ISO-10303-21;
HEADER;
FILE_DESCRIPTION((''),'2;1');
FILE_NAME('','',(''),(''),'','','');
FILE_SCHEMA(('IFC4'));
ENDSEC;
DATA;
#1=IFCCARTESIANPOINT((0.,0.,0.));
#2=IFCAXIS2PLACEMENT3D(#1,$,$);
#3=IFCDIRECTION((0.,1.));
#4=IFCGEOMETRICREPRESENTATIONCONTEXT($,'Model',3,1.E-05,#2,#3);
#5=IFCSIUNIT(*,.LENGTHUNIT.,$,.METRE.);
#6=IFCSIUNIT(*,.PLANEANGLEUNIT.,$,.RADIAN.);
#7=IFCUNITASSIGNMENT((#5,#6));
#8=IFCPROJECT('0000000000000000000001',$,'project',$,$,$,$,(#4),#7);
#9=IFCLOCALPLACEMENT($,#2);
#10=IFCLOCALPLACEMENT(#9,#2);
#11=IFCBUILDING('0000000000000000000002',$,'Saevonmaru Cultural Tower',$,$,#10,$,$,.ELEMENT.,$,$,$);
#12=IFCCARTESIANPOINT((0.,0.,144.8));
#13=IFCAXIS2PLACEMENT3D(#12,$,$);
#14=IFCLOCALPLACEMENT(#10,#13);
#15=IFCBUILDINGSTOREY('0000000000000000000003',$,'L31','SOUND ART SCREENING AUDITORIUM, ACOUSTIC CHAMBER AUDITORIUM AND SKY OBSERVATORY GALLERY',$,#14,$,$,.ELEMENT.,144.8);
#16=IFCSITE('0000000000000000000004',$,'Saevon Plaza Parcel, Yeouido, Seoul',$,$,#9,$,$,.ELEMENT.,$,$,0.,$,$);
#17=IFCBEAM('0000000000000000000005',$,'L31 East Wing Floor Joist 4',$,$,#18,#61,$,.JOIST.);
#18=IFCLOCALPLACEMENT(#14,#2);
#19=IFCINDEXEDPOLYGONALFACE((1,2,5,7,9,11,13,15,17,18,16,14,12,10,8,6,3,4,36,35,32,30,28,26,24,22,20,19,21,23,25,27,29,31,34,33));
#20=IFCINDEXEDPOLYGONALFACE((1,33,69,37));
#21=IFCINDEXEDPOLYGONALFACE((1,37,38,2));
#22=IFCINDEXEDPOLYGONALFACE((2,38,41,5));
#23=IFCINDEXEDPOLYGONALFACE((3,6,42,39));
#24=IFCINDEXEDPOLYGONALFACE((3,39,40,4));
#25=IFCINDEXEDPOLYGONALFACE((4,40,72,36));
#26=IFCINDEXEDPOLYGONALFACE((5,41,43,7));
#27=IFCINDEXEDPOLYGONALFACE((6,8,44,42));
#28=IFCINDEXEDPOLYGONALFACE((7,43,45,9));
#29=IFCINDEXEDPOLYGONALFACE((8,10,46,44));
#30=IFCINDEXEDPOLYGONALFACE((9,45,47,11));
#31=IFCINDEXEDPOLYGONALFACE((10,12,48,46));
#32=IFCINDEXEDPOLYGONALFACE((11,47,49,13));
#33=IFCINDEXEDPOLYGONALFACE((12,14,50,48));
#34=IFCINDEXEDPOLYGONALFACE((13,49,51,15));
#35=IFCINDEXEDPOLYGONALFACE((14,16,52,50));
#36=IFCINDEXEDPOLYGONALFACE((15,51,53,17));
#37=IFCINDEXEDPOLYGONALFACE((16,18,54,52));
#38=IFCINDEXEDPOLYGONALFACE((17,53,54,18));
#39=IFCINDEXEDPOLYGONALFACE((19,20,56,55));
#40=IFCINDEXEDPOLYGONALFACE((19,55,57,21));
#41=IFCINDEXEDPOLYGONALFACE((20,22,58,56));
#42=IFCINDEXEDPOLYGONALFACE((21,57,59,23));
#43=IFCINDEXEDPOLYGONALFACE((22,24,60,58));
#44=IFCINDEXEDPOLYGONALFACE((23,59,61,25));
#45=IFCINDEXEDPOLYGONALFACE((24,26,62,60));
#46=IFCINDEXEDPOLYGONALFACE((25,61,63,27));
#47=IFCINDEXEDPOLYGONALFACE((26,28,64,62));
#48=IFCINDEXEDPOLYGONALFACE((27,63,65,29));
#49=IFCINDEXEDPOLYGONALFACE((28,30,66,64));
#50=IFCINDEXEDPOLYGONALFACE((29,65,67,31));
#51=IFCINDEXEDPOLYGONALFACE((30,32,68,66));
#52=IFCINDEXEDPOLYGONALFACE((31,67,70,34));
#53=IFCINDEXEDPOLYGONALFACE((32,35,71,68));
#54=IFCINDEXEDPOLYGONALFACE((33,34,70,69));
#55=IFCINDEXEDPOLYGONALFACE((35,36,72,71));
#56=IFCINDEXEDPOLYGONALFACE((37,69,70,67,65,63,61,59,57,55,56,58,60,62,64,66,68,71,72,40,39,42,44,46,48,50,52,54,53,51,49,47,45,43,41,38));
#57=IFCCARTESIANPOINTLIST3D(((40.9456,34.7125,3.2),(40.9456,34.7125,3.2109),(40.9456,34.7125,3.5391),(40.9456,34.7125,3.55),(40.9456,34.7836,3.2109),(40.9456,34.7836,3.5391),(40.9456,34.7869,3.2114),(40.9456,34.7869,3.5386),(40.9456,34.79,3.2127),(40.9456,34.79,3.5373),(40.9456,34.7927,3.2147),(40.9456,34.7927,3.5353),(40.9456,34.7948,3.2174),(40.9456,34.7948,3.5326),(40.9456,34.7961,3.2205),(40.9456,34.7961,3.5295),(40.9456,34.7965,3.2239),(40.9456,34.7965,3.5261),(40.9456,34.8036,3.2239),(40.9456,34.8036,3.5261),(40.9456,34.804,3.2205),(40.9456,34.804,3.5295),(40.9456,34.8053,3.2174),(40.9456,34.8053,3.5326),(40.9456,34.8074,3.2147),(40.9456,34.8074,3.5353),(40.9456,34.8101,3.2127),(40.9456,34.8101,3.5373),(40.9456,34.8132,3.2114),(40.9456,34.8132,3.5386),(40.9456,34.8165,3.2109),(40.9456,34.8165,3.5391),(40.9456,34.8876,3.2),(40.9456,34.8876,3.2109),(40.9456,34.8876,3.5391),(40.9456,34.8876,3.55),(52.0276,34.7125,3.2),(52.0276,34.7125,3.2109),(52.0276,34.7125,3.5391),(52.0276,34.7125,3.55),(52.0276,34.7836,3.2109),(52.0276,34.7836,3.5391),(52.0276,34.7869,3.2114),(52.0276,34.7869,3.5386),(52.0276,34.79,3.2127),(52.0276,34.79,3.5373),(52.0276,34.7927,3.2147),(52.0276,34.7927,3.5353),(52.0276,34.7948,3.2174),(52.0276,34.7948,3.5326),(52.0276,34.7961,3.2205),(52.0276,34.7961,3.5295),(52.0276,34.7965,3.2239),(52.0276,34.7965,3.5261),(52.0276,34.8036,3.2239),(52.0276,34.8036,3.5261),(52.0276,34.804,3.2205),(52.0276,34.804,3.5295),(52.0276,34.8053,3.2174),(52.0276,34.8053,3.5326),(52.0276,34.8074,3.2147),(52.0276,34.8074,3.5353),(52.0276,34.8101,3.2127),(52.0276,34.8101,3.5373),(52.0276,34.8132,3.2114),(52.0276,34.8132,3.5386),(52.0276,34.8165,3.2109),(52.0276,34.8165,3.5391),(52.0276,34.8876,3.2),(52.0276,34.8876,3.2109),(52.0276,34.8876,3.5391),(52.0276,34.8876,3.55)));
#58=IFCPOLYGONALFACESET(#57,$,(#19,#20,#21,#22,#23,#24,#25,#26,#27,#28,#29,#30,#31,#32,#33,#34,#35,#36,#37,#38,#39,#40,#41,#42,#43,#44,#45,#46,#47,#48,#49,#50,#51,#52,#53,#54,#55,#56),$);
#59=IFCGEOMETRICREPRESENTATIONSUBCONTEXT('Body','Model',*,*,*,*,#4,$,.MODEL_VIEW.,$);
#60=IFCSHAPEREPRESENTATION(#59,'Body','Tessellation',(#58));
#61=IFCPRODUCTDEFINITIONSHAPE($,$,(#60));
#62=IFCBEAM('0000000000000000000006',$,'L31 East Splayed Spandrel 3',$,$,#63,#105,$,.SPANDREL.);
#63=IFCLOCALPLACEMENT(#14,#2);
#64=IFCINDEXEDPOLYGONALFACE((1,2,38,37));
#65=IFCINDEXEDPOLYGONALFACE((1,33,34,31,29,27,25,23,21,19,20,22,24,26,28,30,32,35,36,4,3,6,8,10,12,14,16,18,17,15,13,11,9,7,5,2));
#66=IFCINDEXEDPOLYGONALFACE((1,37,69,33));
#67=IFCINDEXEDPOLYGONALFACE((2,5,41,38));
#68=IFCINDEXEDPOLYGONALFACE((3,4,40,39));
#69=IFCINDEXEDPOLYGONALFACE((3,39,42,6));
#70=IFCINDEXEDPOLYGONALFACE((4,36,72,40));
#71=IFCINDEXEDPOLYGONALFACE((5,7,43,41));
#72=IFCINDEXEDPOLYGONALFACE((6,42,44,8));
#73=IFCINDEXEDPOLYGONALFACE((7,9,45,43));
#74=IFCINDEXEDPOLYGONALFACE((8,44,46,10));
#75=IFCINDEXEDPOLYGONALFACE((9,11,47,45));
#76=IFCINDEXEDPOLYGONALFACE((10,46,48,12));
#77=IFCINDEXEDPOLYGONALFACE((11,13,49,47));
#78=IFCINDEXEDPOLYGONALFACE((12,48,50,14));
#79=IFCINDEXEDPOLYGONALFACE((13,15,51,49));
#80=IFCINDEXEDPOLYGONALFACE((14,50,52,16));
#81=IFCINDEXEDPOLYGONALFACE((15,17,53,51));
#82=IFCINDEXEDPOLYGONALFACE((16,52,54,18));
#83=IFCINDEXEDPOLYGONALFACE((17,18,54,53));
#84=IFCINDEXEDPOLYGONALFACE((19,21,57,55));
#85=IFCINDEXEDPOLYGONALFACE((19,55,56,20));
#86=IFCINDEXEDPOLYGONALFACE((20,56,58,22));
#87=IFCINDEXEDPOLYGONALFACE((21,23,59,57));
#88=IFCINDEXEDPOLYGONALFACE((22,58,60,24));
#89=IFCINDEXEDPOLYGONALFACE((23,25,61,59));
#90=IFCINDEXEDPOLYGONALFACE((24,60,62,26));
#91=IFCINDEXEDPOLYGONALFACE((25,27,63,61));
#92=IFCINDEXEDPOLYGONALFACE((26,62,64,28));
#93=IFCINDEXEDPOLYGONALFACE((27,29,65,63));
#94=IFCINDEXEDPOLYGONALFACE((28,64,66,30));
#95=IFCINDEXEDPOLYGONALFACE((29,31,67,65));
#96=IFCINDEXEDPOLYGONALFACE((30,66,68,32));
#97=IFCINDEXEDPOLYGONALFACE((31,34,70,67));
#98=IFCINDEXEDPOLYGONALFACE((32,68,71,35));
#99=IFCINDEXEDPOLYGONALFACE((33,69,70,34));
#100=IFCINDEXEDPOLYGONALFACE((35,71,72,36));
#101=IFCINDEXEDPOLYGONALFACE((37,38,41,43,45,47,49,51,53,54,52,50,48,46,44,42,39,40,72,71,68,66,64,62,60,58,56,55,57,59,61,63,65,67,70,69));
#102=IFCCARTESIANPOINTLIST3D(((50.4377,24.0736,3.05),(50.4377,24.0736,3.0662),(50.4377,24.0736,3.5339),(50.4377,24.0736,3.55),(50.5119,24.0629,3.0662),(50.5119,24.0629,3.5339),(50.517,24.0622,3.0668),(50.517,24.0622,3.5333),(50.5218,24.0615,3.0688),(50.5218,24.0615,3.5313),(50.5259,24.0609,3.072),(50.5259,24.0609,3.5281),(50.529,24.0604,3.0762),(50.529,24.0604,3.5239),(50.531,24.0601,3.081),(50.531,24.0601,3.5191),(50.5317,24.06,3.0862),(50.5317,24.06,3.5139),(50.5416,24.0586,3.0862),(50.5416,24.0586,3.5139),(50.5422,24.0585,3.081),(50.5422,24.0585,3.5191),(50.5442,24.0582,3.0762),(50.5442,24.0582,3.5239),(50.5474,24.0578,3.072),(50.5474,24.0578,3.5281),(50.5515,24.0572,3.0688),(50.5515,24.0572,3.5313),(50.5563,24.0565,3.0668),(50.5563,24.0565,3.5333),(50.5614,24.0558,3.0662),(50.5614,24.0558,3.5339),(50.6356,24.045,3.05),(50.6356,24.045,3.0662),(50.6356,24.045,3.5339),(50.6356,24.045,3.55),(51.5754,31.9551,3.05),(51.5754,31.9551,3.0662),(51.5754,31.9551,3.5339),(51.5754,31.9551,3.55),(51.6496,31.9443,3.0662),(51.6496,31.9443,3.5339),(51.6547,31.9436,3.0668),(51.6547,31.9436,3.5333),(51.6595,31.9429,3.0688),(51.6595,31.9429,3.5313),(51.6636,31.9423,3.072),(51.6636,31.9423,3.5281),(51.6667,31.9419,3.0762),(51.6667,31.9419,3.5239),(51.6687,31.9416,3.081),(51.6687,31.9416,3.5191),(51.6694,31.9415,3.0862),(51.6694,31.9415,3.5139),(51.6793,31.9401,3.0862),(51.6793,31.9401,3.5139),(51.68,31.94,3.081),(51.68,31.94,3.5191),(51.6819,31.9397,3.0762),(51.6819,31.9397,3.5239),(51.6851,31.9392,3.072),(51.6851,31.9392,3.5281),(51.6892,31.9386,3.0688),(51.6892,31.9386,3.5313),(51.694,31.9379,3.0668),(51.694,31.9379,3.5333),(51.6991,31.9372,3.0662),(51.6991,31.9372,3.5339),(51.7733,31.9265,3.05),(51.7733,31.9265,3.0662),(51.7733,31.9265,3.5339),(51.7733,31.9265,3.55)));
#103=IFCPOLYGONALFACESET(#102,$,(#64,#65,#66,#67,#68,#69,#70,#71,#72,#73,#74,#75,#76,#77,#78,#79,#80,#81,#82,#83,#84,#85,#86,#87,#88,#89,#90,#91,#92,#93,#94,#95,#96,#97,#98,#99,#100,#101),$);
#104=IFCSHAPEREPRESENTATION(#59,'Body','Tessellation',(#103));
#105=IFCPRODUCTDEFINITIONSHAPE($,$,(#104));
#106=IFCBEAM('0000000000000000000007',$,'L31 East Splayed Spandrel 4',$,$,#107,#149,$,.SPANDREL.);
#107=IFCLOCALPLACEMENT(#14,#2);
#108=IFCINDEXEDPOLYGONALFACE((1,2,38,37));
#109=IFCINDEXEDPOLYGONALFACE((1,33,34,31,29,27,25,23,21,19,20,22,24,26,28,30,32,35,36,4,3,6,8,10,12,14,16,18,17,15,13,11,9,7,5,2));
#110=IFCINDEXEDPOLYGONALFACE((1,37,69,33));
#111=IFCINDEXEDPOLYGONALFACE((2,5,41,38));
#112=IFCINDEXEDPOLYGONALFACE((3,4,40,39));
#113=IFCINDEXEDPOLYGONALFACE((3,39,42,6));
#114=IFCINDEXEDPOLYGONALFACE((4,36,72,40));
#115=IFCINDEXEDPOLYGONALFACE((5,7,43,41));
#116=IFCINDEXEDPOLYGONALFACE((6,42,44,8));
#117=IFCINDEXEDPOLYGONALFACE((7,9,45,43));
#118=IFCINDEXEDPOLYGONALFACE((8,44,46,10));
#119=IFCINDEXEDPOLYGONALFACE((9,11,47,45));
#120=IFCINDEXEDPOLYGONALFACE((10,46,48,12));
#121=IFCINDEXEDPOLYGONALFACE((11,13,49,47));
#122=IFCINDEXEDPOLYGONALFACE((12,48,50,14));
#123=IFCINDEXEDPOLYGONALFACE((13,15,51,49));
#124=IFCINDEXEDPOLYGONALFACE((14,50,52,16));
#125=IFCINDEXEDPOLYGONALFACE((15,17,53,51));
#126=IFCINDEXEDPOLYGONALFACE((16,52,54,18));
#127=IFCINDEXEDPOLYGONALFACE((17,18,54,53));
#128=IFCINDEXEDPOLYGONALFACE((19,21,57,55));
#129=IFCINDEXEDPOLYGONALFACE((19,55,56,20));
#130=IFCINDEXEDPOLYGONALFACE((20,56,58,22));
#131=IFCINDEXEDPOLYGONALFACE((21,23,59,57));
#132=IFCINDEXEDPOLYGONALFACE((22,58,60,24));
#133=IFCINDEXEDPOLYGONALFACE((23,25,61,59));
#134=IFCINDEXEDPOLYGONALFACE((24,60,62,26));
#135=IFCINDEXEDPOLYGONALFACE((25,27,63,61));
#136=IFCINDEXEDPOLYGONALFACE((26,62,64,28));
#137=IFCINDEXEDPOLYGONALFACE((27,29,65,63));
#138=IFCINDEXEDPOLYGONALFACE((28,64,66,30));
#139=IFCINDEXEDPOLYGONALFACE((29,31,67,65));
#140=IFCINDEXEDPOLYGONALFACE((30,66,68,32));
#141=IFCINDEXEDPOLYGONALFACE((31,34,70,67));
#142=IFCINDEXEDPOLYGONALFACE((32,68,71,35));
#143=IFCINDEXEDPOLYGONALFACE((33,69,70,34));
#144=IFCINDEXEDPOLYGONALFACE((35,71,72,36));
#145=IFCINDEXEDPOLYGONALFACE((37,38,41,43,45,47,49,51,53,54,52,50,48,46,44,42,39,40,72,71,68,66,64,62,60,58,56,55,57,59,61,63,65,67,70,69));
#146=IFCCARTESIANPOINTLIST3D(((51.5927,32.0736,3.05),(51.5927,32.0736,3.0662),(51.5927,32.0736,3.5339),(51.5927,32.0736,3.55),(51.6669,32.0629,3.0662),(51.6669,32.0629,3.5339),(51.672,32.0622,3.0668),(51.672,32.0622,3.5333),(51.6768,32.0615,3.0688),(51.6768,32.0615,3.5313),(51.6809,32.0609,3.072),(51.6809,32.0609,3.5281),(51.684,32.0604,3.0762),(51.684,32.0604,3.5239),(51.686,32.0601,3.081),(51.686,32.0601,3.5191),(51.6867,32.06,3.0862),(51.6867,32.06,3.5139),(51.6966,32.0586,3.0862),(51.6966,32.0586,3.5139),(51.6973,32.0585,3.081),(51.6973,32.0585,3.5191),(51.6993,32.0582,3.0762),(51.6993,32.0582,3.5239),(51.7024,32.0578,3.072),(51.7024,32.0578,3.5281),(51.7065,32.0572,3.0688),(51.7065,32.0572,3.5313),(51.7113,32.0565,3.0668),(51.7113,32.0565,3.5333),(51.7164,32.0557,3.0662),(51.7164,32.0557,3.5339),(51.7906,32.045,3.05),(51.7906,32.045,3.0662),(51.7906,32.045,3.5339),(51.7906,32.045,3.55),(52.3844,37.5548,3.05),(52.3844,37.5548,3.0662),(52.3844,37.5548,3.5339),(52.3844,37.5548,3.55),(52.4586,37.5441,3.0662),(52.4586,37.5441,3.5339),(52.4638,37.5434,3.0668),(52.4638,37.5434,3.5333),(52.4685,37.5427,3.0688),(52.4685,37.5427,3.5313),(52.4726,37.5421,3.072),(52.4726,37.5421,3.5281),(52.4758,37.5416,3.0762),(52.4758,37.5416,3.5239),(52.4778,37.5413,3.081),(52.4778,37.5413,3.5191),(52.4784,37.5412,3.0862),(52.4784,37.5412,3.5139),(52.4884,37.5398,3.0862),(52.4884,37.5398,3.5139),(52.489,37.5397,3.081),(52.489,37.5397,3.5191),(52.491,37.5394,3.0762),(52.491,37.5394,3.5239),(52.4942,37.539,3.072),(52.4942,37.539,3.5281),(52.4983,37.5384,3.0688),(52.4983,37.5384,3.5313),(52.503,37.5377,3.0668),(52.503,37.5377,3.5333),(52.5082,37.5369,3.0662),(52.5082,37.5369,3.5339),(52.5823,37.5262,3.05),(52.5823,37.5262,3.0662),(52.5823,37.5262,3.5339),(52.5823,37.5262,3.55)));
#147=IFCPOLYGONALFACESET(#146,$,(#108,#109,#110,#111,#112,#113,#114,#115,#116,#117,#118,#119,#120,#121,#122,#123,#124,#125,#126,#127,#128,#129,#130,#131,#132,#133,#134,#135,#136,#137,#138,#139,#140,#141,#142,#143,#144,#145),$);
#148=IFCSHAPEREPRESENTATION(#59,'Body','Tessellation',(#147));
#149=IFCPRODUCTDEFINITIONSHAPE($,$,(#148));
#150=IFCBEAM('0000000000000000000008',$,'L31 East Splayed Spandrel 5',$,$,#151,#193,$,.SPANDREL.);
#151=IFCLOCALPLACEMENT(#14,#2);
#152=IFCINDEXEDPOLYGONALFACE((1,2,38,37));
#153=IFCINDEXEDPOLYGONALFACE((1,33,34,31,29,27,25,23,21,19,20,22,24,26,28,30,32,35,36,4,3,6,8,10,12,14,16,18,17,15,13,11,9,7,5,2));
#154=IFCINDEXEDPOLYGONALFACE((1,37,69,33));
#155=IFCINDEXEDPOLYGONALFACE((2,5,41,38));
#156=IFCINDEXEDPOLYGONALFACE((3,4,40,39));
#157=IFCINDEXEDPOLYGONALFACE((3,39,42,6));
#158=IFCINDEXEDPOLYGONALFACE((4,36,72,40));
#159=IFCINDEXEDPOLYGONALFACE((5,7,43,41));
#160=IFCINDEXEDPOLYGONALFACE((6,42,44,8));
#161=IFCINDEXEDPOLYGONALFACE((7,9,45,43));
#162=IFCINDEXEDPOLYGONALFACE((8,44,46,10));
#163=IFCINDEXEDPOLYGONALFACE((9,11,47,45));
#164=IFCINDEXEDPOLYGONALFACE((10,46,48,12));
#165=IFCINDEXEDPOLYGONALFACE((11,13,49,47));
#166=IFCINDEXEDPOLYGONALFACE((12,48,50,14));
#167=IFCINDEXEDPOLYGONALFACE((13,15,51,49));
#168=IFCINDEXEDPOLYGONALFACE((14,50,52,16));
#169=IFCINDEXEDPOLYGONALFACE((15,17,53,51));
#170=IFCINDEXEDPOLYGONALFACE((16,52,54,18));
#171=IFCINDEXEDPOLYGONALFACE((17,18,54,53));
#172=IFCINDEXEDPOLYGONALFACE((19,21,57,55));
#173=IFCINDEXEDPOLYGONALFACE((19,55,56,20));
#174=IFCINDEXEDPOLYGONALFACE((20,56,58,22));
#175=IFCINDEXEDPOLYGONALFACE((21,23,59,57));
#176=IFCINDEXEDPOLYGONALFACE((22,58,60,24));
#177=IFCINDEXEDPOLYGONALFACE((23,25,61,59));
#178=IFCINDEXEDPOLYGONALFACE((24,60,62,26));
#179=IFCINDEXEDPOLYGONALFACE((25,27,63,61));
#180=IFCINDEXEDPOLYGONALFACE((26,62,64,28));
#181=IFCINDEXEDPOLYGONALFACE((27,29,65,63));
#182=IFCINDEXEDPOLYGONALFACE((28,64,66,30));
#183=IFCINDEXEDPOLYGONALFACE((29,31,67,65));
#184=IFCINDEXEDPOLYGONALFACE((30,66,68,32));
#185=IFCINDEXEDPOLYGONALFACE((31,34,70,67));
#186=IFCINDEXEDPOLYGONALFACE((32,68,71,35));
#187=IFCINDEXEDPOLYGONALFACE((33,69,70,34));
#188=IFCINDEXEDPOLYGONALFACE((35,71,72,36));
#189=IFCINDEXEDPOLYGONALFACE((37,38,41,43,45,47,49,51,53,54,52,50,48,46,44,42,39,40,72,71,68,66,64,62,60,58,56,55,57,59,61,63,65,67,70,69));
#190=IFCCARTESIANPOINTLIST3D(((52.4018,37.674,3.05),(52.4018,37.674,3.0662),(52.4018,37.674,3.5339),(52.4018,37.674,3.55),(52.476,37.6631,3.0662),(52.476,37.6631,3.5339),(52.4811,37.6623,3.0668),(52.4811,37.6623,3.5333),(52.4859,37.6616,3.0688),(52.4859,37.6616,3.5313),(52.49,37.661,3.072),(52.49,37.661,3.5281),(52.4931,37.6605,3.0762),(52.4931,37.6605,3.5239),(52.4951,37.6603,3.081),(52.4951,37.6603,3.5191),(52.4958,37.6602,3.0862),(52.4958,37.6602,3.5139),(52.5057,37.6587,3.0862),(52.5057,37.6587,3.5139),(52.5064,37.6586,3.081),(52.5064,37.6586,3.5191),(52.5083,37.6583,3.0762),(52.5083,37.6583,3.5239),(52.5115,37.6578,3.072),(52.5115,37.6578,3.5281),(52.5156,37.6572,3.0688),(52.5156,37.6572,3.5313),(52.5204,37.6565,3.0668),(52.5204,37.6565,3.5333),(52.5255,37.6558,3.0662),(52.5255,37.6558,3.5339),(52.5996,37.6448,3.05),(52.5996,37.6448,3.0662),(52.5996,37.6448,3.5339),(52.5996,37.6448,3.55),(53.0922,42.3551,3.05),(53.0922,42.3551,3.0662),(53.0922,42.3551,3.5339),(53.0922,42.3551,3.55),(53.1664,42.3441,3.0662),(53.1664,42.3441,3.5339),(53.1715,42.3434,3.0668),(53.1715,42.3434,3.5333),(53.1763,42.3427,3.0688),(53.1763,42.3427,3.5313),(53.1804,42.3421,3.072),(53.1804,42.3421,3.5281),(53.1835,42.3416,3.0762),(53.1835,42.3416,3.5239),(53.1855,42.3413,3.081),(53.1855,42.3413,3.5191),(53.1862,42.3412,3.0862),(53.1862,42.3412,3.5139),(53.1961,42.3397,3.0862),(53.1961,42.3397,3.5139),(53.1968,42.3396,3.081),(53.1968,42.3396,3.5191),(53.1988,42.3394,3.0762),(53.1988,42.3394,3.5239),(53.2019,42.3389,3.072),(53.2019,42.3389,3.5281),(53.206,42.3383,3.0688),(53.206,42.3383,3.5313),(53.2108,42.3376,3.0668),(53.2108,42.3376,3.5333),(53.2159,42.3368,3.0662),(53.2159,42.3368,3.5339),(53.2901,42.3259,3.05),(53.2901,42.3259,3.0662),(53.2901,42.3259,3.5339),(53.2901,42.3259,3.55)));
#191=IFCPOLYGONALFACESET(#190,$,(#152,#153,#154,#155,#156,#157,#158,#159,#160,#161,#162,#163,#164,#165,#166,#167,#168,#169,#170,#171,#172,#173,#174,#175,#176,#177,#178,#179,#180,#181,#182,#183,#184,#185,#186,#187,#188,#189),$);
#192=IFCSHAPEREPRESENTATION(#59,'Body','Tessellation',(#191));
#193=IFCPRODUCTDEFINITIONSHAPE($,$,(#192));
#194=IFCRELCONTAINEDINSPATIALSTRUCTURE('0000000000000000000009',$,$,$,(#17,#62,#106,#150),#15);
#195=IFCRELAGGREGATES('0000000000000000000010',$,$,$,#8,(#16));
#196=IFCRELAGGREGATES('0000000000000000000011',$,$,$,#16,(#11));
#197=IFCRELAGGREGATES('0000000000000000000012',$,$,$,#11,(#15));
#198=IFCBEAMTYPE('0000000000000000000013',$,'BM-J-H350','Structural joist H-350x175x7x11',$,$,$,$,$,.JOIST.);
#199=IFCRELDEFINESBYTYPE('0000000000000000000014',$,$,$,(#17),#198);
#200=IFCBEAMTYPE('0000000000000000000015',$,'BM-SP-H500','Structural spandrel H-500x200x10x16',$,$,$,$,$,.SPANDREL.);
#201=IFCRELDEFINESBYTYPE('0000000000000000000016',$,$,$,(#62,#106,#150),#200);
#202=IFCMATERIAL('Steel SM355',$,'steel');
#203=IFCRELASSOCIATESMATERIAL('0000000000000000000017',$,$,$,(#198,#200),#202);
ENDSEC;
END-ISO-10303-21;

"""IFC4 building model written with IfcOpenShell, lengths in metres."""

from ifc_helpers import new_model, si_unit, direction, frame, origin, origin_2d, place, context, subcontext, project, spatial, i_section, extrude, material, material_profile, profile_set, type_object, element, save


model = new_model("IFC4")

# Units and contexts
model_context = context("Model", 3, precision=1e-05, world=origin(), true_north=direction((0.0, 1.0)))
body_context = subcontext(model_context, "Body", "Model", "MODEL_VIEW")
ifc_project = project(units=[si_unit("LENGTHUNIT", "METRE"), si_unit("PLANEANGLEUNIT", "RADIAN")], contexts=[model_context])

# Site, building, storey
site_placement = place(None, origin())
site = spatial("IfcSite", under=ifc_project, at=site_placement, Name="Saevon Plaza Parcel, Yeouido, Seoul", CompositionType="ELEMENT", RefElevation=0.0)
building_placement = place(site_placement, origin())
building = spatial("IfcBuilding", under=site, at=building_placement, Name="Saevonmaru Cultural Tower", CompositionType="ELEMENT")
storey_placement = place(building_placement, frame((0.0, 0.0, 144.8)))
storey = spatial("IfcBuildingStorey", under=building, at=storey_placement, Name="L31", Description="SOUND ART SCREENING AUDITORIUM, ACOUSTIC CHAMBER AUDITORIUM AND SKY OBSERVATORY GALLERY", CompositionType="ELEMENT", Elevation=144.8)

# Shared definitions
ifc_material_1 = material(Name="Steel SM355", Category="steel")

# Beams
ifc_material_profile_1 = material_profile(ifc_material_1, i_section(OverallWidth=0.175, OverallDepth=0.3501, WebThickness=0.0071, FlangeThickness=0.011, FilletRadius=0.0129, at=origin_2d()), Name="H-350x175x7x11")
ifc_profile_set_1 = profile_set([ifc_material_profile_1], Name="Steel SM355")
beam_type_1 = type_object("IfcBeamType", Name="BM-J-H350", Description="Structural joist H-350x175x7x11", PredefinedType="JOIST", material=ifc_profile_set_1)
beam_1_placement = place(storey_placement, frame((40.9456, 34.8, 3.375), z_axis=(1.0, 0.0, 0.0), x_axis=(0.0, 1.0, 0.0)))
element("IfcBeam", 1, at=beam_1_placement, inside=storey, type_object=beam_type_1, Name="L31 East Wing Floor Joist 4", PredefinedType="JOIST", context=body_context, shape_type="SweptSolid", body=[
    extrude(i_section(OverallWidth=0.175, OverallDepth=0.3501, WebThickness=0.0071, FlangeThickness=0.011, FilletRadius=0.0129, at=origin_2d()), origin(), (0.0, 0.0, 1.0), 11.082),
])
ifc_material_profile_2 = material_profile(ifc_material_1, i_section(OverallWidth=0.2, OverallDepth=0.5, WebThickness=0.01, FlangeThickness=0.0161, FilletRadius=0.02, at=origin_2d()), Name="H-500x200x10x16")
ifc_profile_set_2 = profile_set([ifc_material_profile_2], Name="Steel SM355")
beam_type_2 = type_object("IfcBeamType", Name="BM-SP-H500", Description="Structural spandrel H-500x200x10x16", PredefinedType="SPANDREL", material=ifc_profile_set_2)
beam_2_placement = place(storey_placement, frame((50.5366, 24.0593, 3.3), z_axis=(0.142872, 0.989741, 0.0), x_axis=(-0.989741, 0.142872, 0.0)))
element("IfcBeam", 2, at=beam_2_placement, inside=storey, type_object=beam_type_2, Name="L31 East Splayed Spandrel 3", PredefinedType="SPANDREL", context=body_context, shape_type="SweptSolid", body=[
    extrude(i_section(OverallWidth=0.2, OverallDepth=0.5, WebThickness=0.01, FlangeThickness=0.0161, FilletRadius=0.02, at=origin_2d()), origin(), (0.0, 0.0, 1.0), 7.9631),
])
beam_3_placement = place(storey_placement, frame((51.6917, 32.0593, 3.3), z_axis=(0.142964, 0.989728, 0.0), x_axis=(-0.989728, 0.142964, 0.0)))
element("IfcBeam", 3, at=beam_3_placement, inside=storey, type_object=beam_type_2, Name="L31 East Splayed Spandrel 4", PredefinedType="SPANDREL", context=body_context, shape_type="SweptSolid", body=[
    extrude(i_section(OverallWidth=0.2, OverallDepth=0.5, WebThickness=0.01, FlangeThickness=0.0161, FilletRadius=0.02, at=origin_2d()), origin(), (0.0, 0.0, 1.0), 5.5381),
])
beam_4_placement = place(storey_placement, frame((52.5007, 37.6594, 3.3), z_axis=(0.145913, 0.989297, 0.0), x_axis=(-0.989297, 0.145913, 0.0)))
element("IfcBeam", 4, at=beam_4_placement, inside=storey, type_object=beam_type_2, Name="L31 East Splayed Spandrel 5", PredefinedType="SPANDREL", context=body_context, shape_type="SweptSolid", body=[
    extrude(i_section(OverallWidth=0.2, OverallDepth=0.5, WebThickness=0.01, FlangeThickness=0.0161, FilletRadius=0.02, at=origin_2d()), origin(), (0.0, 0.0, 1.0), 4.7317),
])

save(model, "model.ifc")
